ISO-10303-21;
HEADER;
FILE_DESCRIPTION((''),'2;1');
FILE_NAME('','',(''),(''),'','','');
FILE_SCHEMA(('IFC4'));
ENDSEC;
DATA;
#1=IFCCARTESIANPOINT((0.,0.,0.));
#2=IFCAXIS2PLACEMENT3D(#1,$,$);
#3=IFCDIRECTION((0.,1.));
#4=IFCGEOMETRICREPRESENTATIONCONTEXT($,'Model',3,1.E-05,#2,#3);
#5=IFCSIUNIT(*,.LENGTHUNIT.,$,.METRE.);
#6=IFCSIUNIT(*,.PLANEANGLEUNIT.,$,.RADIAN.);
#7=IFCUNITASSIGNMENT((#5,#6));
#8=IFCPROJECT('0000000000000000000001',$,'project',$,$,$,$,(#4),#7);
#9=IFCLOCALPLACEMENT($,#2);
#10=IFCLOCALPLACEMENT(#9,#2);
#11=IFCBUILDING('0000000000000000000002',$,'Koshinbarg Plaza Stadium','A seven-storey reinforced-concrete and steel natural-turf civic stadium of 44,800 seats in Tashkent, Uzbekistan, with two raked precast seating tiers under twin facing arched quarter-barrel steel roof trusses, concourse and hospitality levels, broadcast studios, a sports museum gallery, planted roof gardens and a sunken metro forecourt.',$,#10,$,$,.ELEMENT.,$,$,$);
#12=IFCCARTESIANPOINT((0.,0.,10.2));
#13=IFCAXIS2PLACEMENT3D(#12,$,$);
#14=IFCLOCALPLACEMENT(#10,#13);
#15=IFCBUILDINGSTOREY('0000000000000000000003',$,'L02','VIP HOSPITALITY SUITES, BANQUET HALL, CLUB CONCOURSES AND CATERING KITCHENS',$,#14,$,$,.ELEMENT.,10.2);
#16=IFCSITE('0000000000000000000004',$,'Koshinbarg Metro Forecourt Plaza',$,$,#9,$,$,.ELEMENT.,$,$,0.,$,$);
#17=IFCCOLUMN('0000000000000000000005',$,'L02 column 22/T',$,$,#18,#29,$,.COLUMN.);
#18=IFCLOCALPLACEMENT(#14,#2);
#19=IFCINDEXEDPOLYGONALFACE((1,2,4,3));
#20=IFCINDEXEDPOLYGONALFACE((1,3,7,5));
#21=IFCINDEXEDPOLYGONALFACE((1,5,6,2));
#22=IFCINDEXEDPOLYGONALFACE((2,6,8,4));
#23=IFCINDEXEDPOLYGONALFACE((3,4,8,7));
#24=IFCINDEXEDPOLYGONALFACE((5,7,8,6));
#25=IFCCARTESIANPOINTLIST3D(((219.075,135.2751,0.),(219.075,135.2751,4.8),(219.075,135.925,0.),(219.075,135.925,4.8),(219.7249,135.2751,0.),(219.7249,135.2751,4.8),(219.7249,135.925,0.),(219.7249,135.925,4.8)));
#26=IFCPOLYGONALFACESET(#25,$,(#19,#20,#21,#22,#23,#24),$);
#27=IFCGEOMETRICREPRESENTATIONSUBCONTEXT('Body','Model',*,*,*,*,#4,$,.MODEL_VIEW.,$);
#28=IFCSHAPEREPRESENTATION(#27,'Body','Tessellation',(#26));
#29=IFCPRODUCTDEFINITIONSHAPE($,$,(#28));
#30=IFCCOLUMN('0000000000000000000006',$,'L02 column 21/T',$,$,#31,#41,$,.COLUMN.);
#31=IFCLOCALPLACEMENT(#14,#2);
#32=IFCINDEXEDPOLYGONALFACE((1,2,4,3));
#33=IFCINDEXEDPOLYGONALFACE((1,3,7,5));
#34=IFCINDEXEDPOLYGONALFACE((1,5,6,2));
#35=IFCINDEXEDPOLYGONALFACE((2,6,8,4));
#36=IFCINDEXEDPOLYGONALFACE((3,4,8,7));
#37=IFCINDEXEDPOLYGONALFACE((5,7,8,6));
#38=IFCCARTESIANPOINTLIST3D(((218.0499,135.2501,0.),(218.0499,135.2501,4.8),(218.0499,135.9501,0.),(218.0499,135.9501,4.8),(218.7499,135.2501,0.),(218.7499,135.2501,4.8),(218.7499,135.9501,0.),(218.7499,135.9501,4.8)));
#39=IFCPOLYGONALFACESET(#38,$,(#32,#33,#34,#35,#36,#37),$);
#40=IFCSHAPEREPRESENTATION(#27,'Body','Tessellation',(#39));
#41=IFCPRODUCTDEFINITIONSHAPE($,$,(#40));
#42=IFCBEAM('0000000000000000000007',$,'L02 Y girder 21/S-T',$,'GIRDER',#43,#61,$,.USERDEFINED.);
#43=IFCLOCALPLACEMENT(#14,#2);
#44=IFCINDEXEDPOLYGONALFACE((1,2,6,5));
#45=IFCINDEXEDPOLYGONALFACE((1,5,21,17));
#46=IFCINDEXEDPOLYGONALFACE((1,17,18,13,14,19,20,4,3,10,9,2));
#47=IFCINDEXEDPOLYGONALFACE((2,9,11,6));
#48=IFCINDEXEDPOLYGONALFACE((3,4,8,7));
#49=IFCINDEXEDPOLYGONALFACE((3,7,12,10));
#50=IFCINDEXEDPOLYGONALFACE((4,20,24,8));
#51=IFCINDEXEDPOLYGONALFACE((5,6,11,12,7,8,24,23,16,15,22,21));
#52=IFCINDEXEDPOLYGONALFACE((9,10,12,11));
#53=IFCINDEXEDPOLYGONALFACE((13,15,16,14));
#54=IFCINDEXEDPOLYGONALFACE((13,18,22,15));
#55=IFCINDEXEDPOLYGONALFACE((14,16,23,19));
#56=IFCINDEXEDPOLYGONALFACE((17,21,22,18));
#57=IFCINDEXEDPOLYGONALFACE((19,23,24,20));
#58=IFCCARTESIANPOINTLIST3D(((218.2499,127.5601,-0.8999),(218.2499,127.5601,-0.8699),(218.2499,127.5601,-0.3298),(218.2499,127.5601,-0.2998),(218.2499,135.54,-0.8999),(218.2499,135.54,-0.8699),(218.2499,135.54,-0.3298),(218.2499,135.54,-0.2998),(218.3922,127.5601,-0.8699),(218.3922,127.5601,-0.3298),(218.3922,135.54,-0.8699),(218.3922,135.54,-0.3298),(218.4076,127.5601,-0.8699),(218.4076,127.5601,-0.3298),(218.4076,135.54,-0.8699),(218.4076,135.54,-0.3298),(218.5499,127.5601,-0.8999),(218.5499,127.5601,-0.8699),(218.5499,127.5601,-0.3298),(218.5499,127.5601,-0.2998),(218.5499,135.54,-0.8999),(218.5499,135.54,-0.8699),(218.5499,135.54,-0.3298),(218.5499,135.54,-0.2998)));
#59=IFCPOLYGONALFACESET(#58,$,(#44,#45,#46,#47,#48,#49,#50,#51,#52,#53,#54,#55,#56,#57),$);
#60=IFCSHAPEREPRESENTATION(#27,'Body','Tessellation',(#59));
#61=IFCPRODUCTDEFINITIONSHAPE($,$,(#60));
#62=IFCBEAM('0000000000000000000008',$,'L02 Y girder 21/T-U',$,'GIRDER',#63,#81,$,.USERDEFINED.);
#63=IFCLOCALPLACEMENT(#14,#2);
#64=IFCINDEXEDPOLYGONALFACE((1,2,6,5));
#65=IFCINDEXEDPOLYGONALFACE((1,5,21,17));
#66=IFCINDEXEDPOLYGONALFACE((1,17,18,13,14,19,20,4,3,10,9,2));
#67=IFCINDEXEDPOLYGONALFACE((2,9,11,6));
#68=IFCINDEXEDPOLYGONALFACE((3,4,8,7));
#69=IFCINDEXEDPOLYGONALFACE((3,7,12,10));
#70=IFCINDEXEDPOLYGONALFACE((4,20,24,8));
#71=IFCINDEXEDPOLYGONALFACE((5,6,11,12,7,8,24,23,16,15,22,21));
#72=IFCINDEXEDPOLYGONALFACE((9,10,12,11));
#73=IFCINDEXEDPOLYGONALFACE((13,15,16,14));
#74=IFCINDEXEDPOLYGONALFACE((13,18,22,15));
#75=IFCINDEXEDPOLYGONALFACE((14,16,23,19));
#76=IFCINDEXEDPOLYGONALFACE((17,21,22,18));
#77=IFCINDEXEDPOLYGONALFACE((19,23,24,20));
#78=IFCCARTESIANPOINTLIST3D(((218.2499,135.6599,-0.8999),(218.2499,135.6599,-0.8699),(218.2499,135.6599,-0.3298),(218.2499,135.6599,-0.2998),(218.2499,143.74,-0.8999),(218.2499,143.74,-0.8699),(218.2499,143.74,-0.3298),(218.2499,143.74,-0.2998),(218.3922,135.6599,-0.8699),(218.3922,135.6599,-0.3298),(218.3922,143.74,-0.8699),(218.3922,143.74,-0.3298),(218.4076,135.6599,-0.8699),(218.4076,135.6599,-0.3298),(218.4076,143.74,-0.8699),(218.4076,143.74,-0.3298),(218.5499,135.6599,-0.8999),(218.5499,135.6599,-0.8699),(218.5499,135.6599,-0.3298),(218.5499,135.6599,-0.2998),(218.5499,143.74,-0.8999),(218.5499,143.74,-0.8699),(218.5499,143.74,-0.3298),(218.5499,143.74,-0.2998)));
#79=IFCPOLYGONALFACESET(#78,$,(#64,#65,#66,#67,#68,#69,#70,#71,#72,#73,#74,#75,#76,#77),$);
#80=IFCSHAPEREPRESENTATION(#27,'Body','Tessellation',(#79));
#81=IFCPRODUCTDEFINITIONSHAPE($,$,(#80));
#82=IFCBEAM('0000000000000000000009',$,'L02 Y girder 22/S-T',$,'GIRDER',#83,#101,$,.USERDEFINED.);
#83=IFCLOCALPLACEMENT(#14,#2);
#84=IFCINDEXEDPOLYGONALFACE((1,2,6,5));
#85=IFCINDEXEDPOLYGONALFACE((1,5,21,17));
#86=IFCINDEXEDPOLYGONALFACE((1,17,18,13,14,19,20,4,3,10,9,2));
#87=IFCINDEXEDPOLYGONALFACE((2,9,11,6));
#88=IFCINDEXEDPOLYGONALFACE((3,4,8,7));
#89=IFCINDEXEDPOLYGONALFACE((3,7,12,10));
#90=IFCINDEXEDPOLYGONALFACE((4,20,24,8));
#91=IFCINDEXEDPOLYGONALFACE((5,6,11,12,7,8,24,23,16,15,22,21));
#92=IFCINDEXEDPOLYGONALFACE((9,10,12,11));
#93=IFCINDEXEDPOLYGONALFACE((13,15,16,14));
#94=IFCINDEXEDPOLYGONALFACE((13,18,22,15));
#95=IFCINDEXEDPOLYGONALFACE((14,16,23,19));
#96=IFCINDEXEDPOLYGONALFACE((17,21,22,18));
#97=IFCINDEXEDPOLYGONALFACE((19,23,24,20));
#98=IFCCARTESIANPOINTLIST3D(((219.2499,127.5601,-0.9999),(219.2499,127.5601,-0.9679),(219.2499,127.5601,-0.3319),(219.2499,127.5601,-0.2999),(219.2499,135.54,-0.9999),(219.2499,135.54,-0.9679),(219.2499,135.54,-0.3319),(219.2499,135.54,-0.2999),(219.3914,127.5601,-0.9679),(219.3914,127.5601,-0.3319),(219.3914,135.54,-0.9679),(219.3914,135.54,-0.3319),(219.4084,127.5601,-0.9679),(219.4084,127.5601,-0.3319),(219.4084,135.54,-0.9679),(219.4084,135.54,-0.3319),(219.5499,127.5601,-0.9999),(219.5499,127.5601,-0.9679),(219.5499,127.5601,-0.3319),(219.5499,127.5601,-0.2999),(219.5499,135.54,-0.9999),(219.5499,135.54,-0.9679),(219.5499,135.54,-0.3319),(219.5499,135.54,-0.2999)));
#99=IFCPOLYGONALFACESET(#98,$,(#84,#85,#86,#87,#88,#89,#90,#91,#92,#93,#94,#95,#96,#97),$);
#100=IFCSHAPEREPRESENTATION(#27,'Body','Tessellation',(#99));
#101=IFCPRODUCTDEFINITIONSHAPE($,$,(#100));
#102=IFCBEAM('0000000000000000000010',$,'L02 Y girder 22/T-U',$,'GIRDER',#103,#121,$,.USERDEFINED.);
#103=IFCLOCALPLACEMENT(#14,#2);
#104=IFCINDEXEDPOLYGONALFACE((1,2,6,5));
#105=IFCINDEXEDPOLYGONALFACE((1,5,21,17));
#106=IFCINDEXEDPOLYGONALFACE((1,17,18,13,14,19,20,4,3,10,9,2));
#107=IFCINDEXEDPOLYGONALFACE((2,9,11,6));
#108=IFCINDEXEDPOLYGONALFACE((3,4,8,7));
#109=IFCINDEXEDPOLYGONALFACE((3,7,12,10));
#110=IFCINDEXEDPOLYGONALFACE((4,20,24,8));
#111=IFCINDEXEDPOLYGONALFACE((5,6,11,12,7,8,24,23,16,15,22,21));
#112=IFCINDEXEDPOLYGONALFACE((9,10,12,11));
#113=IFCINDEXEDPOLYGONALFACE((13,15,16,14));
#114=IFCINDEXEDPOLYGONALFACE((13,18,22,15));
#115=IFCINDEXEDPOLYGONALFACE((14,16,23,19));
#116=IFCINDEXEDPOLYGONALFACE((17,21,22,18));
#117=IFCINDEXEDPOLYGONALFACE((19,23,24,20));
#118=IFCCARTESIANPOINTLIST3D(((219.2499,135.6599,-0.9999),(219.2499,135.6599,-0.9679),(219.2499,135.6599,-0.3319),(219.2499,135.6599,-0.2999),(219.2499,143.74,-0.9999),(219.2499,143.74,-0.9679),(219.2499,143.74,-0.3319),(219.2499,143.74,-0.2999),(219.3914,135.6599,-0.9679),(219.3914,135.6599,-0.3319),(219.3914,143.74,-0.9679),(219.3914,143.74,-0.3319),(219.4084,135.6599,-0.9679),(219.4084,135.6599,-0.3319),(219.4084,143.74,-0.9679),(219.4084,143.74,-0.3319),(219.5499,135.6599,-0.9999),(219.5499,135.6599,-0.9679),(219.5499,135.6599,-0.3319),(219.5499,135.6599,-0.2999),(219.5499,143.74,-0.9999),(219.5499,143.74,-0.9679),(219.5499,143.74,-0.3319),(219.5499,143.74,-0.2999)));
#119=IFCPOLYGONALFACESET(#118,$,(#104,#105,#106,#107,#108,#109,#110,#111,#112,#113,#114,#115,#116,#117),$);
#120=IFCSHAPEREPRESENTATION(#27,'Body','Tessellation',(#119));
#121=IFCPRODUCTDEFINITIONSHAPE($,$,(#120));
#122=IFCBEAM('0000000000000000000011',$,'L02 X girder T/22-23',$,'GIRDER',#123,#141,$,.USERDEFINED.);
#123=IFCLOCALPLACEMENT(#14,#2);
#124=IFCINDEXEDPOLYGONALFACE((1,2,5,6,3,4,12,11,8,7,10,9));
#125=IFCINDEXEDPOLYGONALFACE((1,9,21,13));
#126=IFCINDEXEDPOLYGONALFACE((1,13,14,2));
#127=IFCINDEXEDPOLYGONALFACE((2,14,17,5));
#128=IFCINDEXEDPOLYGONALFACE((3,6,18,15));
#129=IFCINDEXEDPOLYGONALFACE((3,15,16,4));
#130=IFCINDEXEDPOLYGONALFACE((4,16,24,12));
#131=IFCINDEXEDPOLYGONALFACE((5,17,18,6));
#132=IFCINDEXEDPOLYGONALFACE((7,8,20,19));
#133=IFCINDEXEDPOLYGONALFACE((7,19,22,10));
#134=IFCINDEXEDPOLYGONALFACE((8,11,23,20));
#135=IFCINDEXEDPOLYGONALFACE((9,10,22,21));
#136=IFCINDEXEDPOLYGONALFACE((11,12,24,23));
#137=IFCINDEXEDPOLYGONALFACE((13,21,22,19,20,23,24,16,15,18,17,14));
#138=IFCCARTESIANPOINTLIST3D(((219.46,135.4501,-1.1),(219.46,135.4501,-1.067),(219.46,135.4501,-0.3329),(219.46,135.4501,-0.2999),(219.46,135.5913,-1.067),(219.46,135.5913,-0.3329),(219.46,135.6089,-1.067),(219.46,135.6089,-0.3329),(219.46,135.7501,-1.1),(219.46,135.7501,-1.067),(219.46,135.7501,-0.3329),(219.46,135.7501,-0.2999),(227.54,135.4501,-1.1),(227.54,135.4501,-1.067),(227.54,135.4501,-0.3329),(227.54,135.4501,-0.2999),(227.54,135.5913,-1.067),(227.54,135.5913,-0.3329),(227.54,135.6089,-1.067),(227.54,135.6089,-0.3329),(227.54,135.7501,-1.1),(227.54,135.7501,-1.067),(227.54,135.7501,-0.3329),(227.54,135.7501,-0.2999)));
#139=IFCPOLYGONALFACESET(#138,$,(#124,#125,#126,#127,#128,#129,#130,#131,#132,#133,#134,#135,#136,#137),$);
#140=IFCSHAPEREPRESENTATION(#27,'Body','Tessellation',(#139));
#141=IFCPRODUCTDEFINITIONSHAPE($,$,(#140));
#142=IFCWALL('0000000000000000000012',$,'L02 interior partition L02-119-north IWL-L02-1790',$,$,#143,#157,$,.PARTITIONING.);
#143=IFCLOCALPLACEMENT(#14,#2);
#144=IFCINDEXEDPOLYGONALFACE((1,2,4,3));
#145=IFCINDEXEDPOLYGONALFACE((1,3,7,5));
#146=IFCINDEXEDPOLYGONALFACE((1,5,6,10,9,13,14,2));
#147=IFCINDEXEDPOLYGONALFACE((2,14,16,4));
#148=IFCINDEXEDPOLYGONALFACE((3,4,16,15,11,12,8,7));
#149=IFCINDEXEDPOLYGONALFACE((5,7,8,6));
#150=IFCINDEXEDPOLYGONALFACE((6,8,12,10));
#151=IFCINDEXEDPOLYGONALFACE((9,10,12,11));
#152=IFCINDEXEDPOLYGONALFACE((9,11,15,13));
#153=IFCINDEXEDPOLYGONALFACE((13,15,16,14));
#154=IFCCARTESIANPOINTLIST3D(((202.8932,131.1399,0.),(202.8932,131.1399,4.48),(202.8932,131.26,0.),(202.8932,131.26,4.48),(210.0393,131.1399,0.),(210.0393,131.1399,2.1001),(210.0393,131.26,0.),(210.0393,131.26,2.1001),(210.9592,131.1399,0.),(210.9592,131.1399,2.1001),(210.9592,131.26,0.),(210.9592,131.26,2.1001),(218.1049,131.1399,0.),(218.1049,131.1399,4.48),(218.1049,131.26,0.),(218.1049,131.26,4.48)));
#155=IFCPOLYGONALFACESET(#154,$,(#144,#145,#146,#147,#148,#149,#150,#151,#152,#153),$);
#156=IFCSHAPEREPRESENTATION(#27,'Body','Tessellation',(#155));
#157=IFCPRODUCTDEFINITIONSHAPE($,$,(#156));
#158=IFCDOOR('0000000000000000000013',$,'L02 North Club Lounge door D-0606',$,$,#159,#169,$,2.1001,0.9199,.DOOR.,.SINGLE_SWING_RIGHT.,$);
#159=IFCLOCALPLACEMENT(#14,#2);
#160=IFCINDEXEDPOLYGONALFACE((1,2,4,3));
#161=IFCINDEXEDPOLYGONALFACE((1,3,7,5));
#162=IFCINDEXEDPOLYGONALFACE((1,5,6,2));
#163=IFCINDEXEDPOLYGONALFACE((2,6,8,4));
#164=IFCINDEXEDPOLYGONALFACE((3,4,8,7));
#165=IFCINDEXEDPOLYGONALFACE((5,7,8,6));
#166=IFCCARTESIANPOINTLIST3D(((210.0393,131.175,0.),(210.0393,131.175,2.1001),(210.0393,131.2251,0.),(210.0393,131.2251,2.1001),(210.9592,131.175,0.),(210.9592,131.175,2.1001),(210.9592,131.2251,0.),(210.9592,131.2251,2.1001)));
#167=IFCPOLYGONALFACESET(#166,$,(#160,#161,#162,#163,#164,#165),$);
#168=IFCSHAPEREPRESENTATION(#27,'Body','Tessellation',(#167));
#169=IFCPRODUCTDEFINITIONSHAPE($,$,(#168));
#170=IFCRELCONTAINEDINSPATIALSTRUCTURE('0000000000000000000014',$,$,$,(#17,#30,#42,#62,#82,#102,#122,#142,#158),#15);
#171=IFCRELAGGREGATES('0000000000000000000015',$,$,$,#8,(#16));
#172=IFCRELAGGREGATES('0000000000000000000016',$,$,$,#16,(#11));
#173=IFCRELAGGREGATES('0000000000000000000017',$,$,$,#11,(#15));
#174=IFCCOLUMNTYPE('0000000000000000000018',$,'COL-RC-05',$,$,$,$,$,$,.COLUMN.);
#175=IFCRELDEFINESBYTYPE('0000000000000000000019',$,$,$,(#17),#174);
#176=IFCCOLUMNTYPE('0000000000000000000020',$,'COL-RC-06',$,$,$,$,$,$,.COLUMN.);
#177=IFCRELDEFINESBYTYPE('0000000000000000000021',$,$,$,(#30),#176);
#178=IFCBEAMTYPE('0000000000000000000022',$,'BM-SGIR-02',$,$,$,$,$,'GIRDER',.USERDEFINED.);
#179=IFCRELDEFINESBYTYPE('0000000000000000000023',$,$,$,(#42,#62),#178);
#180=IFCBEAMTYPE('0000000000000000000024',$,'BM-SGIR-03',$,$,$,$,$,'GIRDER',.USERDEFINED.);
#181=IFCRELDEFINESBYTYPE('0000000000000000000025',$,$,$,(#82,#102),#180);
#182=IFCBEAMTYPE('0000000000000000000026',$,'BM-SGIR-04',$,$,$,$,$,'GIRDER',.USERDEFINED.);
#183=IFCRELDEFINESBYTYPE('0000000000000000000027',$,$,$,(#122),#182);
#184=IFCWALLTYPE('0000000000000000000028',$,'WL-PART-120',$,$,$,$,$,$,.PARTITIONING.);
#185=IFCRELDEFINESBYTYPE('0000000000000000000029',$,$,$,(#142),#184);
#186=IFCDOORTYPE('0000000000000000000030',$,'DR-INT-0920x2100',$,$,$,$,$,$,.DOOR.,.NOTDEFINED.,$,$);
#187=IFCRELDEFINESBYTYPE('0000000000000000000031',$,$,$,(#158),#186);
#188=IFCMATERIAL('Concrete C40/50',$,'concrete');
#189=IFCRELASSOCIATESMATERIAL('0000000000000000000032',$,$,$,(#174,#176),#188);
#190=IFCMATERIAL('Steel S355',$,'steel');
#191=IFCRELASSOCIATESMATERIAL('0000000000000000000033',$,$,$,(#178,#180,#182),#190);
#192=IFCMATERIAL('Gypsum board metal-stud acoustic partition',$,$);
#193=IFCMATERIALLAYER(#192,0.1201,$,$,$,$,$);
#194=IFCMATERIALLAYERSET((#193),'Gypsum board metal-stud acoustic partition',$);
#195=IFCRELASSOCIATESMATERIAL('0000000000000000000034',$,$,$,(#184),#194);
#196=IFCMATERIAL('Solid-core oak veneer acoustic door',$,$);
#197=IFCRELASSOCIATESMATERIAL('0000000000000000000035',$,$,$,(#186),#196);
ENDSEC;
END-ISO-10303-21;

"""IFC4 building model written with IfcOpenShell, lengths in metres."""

from ifc_helpers import new_model, si_unit, direction, frame, frame_2d, origin, origin_2d, place, context, subcontext, project, spatial, rectangle, i_section, extrude, material, layer, layer_set, material_profile, profile_set, type_object, element, fill, save


model = new_model("IFC4")

# Units and contexts
model_context = context("Model", 3, precision=1e-05, world=origin(), true_north=direction((0.0, 1.0)))
body_context = subcontext(model_context, "Body", "Model", "MODEL_VIEW")
ifc_project = project(units=[si_unit("LENGTHUNIT", "METRE"), si_unit("PLANEANGLEUNIT", "RADIAN")], contexts=[model_context])

# Site, building, storey
site_placement = place(None, origin())
site = spatial("IfcSite", under=ifc_project, at=site_placement, Name="Koshinbarg Metro Forecourt Plaza", CompositionType="ELEMENT", RefElevation=0.0)
building_placement = place(site_placement, origin())
building = spatial("IfcBuilding", under=site, at=building_placement, Name="Koshinbarg Plaza Stadium", Description="A seven-storey reinforced-concrete and steel natural-turf civic stadium of 44,800 seats in Tashkent, Uzbekistan, with two raked precast seating tiers under twin facing arched quarter-barrel steel roof trusses, concourse and hospitality levels, broadcast studios, a sports museum gallery, planted roof gardens and a sunken metro forecourt.", CompositionType="ELEMENT")
storey_placement = place(building_placement, frame((0.0, 0.0, 10.2)))
storey = spatial("IfcBuildingStorey", under=building, at=storey_placement, Name="L02", Description="VIP HOSPITALITY SUITES, BANQUET HALL, CLUB CONCOURSES AND CATERING KITCHENS", CompositionType="ELEMENT", Elevation=10.2)

# Columns
ifc_material_1 = material(Name="Concrete C40/50", Category="concrete")
ifc_material_profile_1 = material_profile(ifc_material_1, rectangle(XDim=0.6499, YDim=0.6499, at=origin_2d()), Name="RC 650x650")
ifc_profile_set_1 = profile_set([ifc_material_profile_1], Name="Concrete C40/50")
column_type_1 = type_object("IfcColumnType", Name="COL-RC-05", PredefinedType="COLUMN", material=ifc_profile_set_1)
column_1_placement = place(storey_placement, frame((219.3999, 135.6001, 0.0), z_axis=(0.0, 0.0, 1.0), x_axis=(1.0, 0.0, 0.0)))
element("IfcColumn", 1, at=column_1_placement, inside=storey, type_object=column_type_1, Name="L02 column 22/T", PredefinedType="COLUMN", context=body_context, shape_type="SweptSolid", body=[
    extrude(rectangle(XDim=0.6499, YDim=0.6499, at=origin_2d()), origin(), (0.0, 0.0, 1.0), 4.8),
])
ifc_material_profile_2 = material_profile(ifc_material_1, rectangle(XDim=0.7, YDim=0.7, at=origin_2d()), Name="RC 700x700")
ifc_profile_set_2 = profile_set([ifc_material_profile_2], Name="Concrete C40/50")
column_type_2 = type_object("IfcColumnType", Name="COL-RC-06", PredefinedType="COLUMN", material=ifc_profile_set_2)
column_2_placement = place(storey_placement, frame((218.3999, 135.6001, 0.0), z_axis=(0.0, 0.0, 1.0), x_axis=(1.0, 0.0, 0.0)))
element("IfcColumn", 2, at=column_2_placement, inside=storey, type_object=column_type_2, Name="L02 column 21/T", PredefinedType="COLUMN", context=body_context, shape_type="SweptSolid", body=[
    extrude(rectangle(XDim=0.7, YDim=0.7, at=origin_2d()), origin(), (0.0, 0.0, 1.0), 4.8),
])

# Beams
ifc_material_2 = material(Name="Steel S355", Category="steel")
ifc_material_profile_3 = material_profile(ifc_material_2, i_section(OverallWidth=0.3, OverallDepth=0.6001, WebThickness=0.0154, FlangeThickness=0.03, at=origin_2d()), Name="HEB 600")
ifc_profile_set_3 = profile_set([ifc_material_profile_3], Name="Steel S355")
beam_type_1 = type_object("IfcBeamType", Name="BM-SGIR-02", ElementType="GIRDER", PredefinedType="USERDEFINED", material=ifc_profile_set_3)
beam_1_placement = place(storey_placement, frame((218.3999, 127.5601, -0.5999), z_axis=(0.0, 1.0, 0.0), x_axis=(-1.0, 0.0, 0.0)))
element("IfcBeam", 3, at=beam_1_placement, inside=storey, type_object=beam_type_1, Name="L02 Y girder 21/S-T", ObjectType="GIRDER", PredefinedType="USERDEFINED", context=body_context, shape_type="SweptSolid", body=[
    extrude(i_section(OverallWidth=0.3, OverallDepth=0.6001, WebThickness=0.0154, FlangeThickness=0.03, at=origin_2d()), origin(), (0.0, 0.0, 1.0), 7.98),
])
beam_2_placement = place(storey_placement, frame((218.3999, 135.6599, -0.5999), z_axis=(0.0, 1.0, 0.0), x_axis=(-1.0, 0.0, 0.0)))
element("IfcBeam", 4, at=beam_2_placement, inside=storey, type_object=beam_type_1, Name="L02 Y girder 21/T-U", ObjectType="GIRDER", PredefinedType="USERDEFINED", context=body_context, shape_type="SweptSolid", body=[
    extrude(i_section(OverallWidth=0.3, OverallDepth=0.6001, WebThickness=0.0154, FlangeThickness=0.03, at=origin_2d()), origin(), (0.0, 0.0, 1.0), 8.0801),
])
ifc_material_profile_4 = material_profile(ifc_material_2, i_section(OverallWidth=0.3, OverallDepth=0.7, WebThickness=0.0171, FlangeThickness=0.032, at=origin_2d()), Name="HEB 700")
ifc_profile_set_4 = profile_set([ifc_material_profile_4], Name="Steel S355")
beam_type_2 = type_object("IfcBeamType", Name="BM-SGIR-03", ElementType="GIRDER", PredefinedType="USERDEFINED", material=ifc_profile_set_4)
beam_3_placement = place(storey_placement, frame((219.3999, 127.5601, -0.6499), z_axis=(0.0, 1.0, 0.0), x_axis=(-1.0, 0.0, 0.0)))
element("IfcBeam", 5, at=beam_3_placement, inside=storey, type_object=beam_type_2, Name="L02 Y girder 22/S-T", ObjectType="GIRDER", PredefinedType="USERDEFINED", context=body_context, shape_type="SweptSolid", body=[
    extrude(i_section(OverallWidth=0.3, OverallDepth=0.7, WebThickness=0.0171, FlangeThickness=0.032, at=origin_2d()), origin(), (0.0, 0.0, 1.0), 7.98),
])
beam_4_placement = place(storey_placement, frame((219.3999, 135.6599, -0.6499), z_axis=(0.0, 1.0, 0.0), x_axis=(-1.0, 0.0, 0.0)))
element("IfcBeam", 6, at=beam_4_placement, inside=storey, type_object=beam_type_2, Name="L02 Y girder 22/T-U", ObjectType="GIRDER", PredefinedType="USERDEFINED", context=body_context, shape_type="SweptSolid", body=[
    extrude(i_section(OverallWidth=0.3, OverallDepth=0.7, WebThickness=0.0171, FlangeThickness=0.032, at=origin_2d()), origin(), (0.0, 0.0, 1.0), 8.0801),
])
ifc_material_profile_5 = material_profile(ifc_material_2, i_section(OverallWidth=0.3, OverallDepth=0.8, WebThickness=0.0176, FlangeThickness=0.033, at=origin_2d()), Name="HEB 800")
ifc_profile_set_5 = profile_set([ifc_material_profile_5], Name="Steel S355")
beam_type_3 = type_object("IfcBeamType", Name="BM-SGIR-04", ElementType="GIRDER", PredefinedType="USERDEFINED", material=ifc_profile_set_5)
beam_5_placement = place(storey_placement, frame((219.46, 135.6001, -0.7), z_axis=(1.0, 0.0, 0.0), x_axis=(0.0, 1.0, 0.0)))
element("IfcBeam", 7, at=beam_5_placement, inside=storey, type_object=beam_type_3, Name="L02 X girder T/22-23", ObjectType="GIRDER", PredefinedType="USERDEFINED", context=body_context, shape_type="SweptSolid", body=[
    extrude(i_section(OverallWidth=0.3, OverallDepth=0.8, WebThickness=0.0176, FlangeThickness=0.033, at=origin_2d()), origin(), (0.0, 0.0, 1.0), 8.0801),
])

# Wall, opening, door
ifc_material_3 = material(Name="Gypsum board metal-stud acoustic partition")
ifc_layer = layer(ifc_material_3, 0.1201)
ifc_layer_set = layer_set([ifc_layer], Name="Gypsum board metal-stud acoustic partition")
wall_type = type_object("IfcWallType", Name="WL-PART-120", PredefinedType="PARTITIONING", material=ifc_layer_set)
wall_1_placement = place(storey_placement, frame((218.105, 131.2, 0.0), z_axis=(0.0, 0.0, 1.0), x_axis=(-1.0, 0.0, 0.0)))
wall_1 = element("IfcWall", 8, at=wall_1_placement, inside=storey, type_object=wall_type, Name="L02 interior partition L02-119-north IWL-L02-1790", PredefinedType="PARTITIONING", context=body_context, shape_type="SweptSolid", body=[
    extrude(rectangle(XDim=15.2117, YDim=0.1201, at=frame_2d((7.606, 0.0))), origin(), (0.0, 0.0, 1.0), 4.48),
])
opening_1_placement = place(wall_1_placement, frame((7.1458, 0.0, 0.0)))
opening_1 = element("IfcOpeningElement", 9, at=opening_1_placement, cuts=wall_1, PredefinedType="OPENING", context=body_context, shape_type="SweptSolid", body=[
    extrude(rectangle(XDim=0.9199, YDim=2.1001, at=frame_2d((0.46, 1.05))), frame((0.0, 0.0701, 0.0), z_axis=(0.0, -1.0, 0.0), x_axis=(1.0, 0.0, 0.0)), (0.0, 0.0, 1.0), 0.1401),
])
ifc_material_4 = material(Name="Solid-core oak veneer acoustic door")
door_type_1 = type_object("IfcDoorType", Name="DR-INT-0920x2100", OperationType="NOTDEFINED", PredefinedType="DOOR", material=ifc_material_4)
door_1_placement = place(opening_1_placement, origin())
door_1 = element("IfcDoor", 10, at=door_1_placement, inside=storey, type_object=door_type_1, Name="L02 North Club Lounge door D-0606", OperationType="SINGLE_SWING_RIGHT", OverallHeight=2.1001, OverallWidth=0.9199, PredefinedType="DOOR", context=body_context, shape_type="SweptSolid", body=[
    extrude(rectangle(XDim=0.9199, YDim=2.1001, at=frame_2d((0.46, 1.05))), frame((0.0, 0.0249, 0.0), z_axis=(0.0, -1.0, 0.0), x_axis=(1.0, 0.0, 0.0)), (0.0, 0.0, 1.0), 0.05),
])
fill(opening_1, door_1)

save(model, "model.ifc")
